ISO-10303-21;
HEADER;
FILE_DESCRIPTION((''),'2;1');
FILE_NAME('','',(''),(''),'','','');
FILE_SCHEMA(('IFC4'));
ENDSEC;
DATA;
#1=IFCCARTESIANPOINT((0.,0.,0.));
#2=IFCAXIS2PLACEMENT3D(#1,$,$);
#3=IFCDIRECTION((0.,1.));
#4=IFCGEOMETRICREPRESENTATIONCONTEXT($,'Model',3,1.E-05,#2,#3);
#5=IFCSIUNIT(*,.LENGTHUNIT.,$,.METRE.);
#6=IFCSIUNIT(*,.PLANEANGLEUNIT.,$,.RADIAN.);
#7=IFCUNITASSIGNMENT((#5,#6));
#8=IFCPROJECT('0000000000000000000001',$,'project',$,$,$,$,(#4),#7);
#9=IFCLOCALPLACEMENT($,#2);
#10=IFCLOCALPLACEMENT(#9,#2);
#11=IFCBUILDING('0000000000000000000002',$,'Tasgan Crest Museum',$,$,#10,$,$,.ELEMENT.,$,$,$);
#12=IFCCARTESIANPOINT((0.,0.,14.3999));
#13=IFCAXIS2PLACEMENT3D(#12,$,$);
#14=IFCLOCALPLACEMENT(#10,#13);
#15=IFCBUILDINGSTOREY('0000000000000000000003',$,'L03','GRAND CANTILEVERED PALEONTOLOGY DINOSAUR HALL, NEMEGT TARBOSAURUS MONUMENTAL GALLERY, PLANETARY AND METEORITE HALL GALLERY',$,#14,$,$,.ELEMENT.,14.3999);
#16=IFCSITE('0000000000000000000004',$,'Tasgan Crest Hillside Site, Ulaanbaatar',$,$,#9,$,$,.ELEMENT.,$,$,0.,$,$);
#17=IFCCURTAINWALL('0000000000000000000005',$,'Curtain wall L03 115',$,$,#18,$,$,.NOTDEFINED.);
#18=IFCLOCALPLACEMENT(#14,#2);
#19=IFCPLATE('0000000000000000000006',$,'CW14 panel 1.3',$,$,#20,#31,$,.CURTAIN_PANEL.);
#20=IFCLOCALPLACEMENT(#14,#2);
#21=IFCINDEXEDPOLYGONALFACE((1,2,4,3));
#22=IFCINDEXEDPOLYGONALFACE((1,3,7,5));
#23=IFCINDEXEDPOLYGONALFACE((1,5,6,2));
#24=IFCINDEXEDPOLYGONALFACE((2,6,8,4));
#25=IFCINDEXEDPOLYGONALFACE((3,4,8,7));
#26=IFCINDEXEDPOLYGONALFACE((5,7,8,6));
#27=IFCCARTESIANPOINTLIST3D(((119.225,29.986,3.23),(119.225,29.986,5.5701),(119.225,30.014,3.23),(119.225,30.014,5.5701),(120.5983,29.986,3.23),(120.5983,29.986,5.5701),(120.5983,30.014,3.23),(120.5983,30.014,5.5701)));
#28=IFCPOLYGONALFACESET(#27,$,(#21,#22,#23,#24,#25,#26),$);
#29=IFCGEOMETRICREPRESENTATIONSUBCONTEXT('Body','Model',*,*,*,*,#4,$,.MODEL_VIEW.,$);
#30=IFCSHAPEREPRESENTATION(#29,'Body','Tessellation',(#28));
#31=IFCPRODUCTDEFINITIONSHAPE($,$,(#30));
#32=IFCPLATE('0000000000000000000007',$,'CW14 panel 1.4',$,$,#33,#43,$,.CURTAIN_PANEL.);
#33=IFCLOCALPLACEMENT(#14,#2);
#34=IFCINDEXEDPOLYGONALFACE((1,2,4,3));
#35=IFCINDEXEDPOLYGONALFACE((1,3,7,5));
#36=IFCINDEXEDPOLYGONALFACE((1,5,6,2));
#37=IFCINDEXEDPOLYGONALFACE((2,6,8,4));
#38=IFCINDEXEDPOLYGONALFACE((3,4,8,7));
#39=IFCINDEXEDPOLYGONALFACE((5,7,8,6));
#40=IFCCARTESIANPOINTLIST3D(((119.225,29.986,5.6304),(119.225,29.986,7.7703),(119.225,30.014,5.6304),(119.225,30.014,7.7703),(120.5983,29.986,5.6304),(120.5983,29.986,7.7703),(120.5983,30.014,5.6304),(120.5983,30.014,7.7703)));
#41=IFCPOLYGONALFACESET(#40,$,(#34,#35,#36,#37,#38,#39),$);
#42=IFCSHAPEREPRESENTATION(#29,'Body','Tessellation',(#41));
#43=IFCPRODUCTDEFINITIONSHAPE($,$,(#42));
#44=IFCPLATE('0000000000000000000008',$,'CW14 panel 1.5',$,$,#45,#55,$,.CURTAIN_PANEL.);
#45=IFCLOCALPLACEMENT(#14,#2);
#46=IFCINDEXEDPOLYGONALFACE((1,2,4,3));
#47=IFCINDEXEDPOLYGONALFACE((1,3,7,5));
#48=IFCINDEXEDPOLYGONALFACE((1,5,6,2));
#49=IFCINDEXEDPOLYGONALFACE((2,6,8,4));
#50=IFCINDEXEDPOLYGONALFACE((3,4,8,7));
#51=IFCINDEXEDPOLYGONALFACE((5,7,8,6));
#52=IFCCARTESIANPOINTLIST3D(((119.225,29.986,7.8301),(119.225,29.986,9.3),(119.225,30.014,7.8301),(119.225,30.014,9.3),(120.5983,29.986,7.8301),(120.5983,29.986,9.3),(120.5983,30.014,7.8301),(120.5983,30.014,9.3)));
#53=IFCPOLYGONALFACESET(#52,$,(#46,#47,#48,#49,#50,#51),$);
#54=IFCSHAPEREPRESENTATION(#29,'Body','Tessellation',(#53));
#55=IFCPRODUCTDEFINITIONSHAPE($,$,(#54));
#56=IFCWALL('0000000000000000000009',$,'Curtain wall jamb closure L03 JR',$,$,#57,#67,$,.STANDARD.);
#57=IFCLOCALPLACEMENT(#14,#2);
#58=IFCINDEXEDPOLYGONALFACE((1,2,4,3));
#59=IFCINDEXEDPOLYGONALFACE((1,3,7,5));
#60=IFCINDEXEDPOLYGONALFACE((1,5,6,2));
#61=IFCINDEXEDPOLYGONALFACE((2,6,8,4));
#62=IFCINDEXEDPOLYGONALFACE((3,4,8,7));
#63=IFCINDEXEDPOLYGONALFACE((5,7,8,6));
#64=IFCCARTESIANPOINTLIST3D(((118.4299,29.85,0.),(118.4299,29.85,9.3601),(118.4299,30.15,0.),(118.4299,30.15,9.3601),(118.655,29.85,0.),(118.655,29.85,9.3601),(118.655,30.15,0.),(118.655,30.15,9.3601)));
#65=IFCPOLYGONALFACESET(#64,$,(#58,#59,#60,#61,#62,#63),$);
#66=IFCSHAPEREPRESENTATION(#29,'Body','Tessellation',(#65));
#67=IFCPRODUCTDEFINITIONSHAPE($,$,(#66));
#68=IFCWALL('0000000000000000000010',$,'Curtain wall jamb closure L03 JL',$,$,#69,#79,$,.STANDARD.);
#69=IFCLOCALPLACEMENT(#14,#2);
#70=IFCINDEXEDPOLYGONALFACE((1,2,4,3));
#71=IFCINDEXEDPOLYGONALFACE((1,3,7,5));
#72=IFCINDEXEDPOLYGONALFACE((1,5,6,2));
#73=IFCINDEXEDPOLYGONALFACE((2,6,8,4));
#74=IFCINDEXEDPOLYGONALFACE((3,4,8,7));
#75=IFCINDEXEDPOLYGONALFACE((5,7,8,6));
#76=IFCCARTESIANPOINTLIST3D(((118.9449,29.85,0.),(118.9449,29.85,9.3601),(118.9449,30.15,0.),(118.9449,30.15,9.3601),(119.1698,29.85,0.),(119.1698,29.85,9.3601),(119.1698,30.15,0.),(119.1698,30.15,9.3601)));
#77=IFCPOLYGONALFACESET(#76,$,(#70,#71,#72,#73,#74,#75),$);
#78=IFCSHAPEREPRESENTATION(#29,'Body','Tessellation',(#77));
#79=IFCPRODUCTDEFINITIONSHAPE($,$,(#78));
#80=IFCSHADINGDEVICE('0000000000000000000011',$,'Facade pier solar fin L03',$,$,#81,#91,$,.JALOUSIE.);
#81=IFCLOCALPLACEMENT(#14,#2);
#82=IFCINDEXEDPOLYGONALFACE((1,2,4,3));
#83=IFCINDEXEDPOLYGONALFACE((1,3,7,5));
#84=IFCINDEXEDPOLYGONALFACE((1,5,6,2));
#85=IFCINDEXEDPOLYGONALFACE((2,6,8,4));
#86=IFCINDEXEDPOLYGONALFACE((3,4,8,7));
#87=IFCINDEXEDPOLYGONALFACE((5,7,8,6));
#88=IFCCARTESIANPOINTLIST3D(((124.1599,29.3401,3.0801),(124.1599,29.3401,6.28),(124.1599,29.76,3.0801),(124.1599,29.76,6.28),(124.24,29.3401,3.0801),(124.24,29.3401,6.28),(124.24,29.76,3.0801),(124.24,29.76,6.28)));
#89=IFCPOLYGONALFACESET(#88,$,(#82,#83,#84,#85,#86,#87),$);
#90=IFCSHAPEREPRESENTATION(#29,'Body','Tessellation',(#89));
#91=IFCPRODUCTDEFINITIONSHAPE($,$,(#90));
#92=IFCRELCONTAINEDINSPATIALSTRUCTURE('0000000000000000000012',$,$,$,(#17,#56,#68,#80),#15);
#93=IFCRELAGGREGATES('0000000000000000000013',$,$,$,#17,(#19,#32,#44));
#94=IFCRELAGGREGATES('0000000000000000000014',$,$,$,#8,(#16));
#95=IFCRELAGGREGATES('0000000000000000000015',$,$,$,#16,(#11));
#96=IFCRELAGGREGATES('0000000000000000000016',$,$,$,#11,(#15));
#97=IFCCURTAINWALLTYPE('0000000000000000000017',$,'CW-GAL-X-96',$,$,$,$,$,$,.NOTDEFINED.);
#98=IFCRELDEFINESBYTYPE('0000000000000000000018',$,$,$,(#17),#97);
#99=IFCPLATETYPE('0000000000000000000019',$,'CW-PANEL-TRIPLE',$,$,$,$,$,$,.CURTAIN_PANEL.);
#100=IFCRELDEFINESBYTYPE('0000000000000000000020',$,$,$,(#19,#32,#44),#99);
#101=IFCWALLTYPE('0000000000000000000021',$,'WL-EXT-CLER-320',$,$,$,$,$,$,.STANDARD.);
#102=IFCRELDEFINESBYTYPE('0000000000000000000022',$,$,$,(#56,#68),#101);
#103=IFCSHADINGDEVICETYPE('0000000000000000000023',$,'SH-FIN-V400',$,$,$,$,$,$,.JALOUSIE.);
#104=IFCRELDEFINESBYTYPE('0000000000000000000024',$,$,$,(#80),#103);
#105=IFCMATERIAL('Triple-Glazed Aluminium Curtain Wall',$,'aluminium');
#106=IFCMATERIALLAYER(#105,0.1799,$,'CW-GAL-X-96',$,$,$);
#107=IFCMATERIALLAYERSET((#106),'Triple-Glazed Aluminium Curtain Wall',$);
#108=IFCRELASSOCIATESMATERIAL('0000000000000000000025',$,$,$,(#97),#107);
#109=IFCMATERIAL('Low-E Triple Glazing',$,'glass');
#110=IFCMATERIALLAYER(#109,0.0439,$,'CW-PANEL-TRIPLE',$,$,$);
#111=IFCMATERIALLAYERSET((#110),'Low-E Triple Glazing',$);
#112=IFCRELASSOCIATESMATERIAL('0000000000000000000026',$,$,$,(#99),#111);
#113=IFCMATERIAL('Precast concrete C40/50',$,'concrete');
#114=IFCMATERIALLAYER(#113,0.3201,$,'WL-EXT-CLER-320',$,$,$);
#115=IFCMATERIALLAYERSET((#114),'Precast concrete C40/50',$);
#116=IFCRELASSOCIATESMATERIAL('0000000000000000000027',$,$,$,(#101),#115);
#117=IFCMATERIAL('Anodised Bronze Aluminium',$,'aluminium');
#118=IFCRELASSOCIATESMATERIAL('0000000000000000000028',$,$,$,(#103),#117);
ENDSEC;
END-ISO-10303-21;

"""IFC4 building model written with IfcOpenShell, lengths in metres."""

from ifc_helpers import new_model, si_unit, direction, frame, frame_2d, origin, origin_2d, place, context, subcontext, project, spatial, rectangle, extrude, material, layer, layer_set, type_object, element, aggregate, save


model = new_model("IFC4")

# Units and contexts
model_context = context("Model", 3, precision=1e-05, world=origin(), true_north=direction((0.0, 1.0)))
body_context = subcontext(model_context, "Body", "Model", "MODEL_VIEW")
ifc_project = project(units=[si_unit("LENGTHUNIT", "METRE"), si_unit("PLANEANGLEUNIT", "RADIAN")], contexts=[model_context])

# Site, building, storey
site_placement = place(None, origin())
site = spatial("IfcSite", under=ifc_project, at=site_placement, Name="Tasgan Crest Hillside Site, Ulaanbaatar", CompositionType="ELEMENT", RefElevation=0.0)
building_placement = place(site_placement, origin())
building = spatial("IfcBuilding", under=site, at=building_placement, Name="Tasgan Crest Museum", CompositionType="ELEMENT")
storey_placement = place(building_placement, frame((0.0, 0.0, 14.3999)))
storey = spatial("IfcBuildingStorey", under=building, at=storey_placement, Name="L03", Description="GRAND CANTILEVERED PALEONTOLOGY DINOSAUR HALL, NEMEGT TARBOSAURUS MONUMENTAL GALLERY, PLANETARY AND METEORITE HALL GALLERY", CompositionType="ELEMENT", Elevation=14.3999)

# Shared definitions
ifc_material_1 = material(Name="Triple-Glazed Aluminium Curtain Wall", Category="aluminium")
ifc_layer_1 = layer(ifc_material_1, 0.1799, Name="CW-GAL-X-96")
ifc_layer_set_1 = layer_set([ifc_layer_1], Name="Triple-Glazed Aluminium Curtain Wall")
curtain_wall_type = type_object("IfcCurtainWallType", Name="CW-GAL-X-96", PredefinedType="NOTDEFINED", material=ifc_layer_set_1)

# Curtain wall
curtain_wall_1_placement = place(storey_placement, origin())
curtain_wall_1 = element("IfcCurtainWall", 1, at=curtain_wall_1_placement, inside=storey, type_object=curtain_wall_type, Name="Curtain wall L03 115", PredefinedType="NOTDEFINED")

# Plates
ifc_material_2 = material(Name="Low-E Triple Glazing", Category="glass")
ifc_layer_2 = layer(ifc_material_2, 0.0439, Name="CW-PANEL-TRIPLE")
ifc_layer_set_2 = layer_set([ifc_layer_2], Name="Low-E Triple Glazing")
plate_type_1 = type_object("IfcPlateType", Name="CW-PANEL-TRIPLE", PredefinedType="CURTAIN_PANEL", material=ifc_layer_set_2)
plate_1_placement = place(storey_placement, frame((119.9116, 30.0, 3.23), z_axis=(0.0, 0.0, 1.0), x_axis=(1.0, 0.0, 0.0)))
plate_1 = element("IfcPlate", 2, at=plate_1_placement, type_object=plate_type_1, Name="CW14 panel 1.3", PredefinedType="CURTAIN_PANEL", context=body_context, shape_type="SweptSolid", body=[
    extrude(rectangle(XDim=1.3733, YDim=0.0281, at=origin_2d()), origin(), (0.0, 0.0, 1.0), 2.3401),
])
plate_2_placement = place(storey_placement, frame((119.9116, 30.0, 5.6304), z_axis=(0.0, 0.0, 1.0), x_axis=(1.0, 0.0, 0.0)))
plate_2 = element("IfcPlate", 3, at=plate_2_placement, type_object=plate_type_1, Name="CW14 panel 1.4", PredefinedType="CURTAIN_PANEL", context=body_context, shape_type="SweptSolid", body=[
    extrude(rectangle(XDim=1.3733, YDim=0.0281, at=origin_2d()), origin(), (0.0, 0.0, 1.0), 2.1399),
])
plate_3_placement = place(storey_placement, frame((119.9116, 30.0, 7.8301), z_axis=(0.0, 0.0, 1.0), x_axis=(1.0, 0.0, 0.0)))
plate_3 = element("IfcPlate", 4, at=plate_3_placement, type_object=plate_type_1, Name="CW14 panel 1.5", PredefinedType="CURTAIN_PANEL", context=body_context, shape_type="SweptSolid", body=[
    extrude(rectangle(XDim=1.3733, YDim=0.0281, at=origin_2d()), origin(), (0.0, 0.0, 1.0), 1.47),
])
aggregate(curtain_wall_1, [plate_1, plate_2, plate_3])

# Walls
ifc_material_3 = material(Name="Precast concrete C40/50", Category="concrete")
ifc_layer_3 = layer(ifc_material_3, 0.3201, Name="WL-EXT-CLER-320")
ifc_layer_set_3 = layer_set([ifc_layer_3], Name="Precast concrete C40/50")
wall_type = type_object("IfcWallType", Name="WL-EXT-CLER-320", PredefinedType="STANDARD", material=ifc_layer_set_3)
wall_1_placement = place(storey_placement, frame((118.4299, 30.0, 0.0), z_axis=(0.0, 0.0, 1.0), x_axis=(1.0, 0.0, 0.0)))
element("IfcWall", 5, at=wall_1_placement, inside=storey, type_object=wall_type, Name="Curtain wall jamb closure L03 JR", PredefinedType="STANDARD", context=body_context, shape_type="SweptSolid", body=[
    extrude(rectangle(XDim=0.2251, YDim=0.3, at=frame_2d((0.1125, 0.0))), origin(), (0.0, 0.0, 1.0), 9.3601),
])
wall_2_placement = place(storey_placement, frame((118.9451, 30.0, 0.0), z_axis=(0.0, 0.0, 1.0), x_axis=(1.0, 0.0, 0.0)))
element("IfcWall", 6, at=wall_2_placement, inside=storey, type_object=wall_type, Name="Curtain wall jamb closure L03 JL", PredefinedType="STANDARD", context=body_context, shape_type="SweptSolid", body=[
    extrude(rectangle(XDim=0.2249, YDim=0.3, at=frame_2d((0.1123, 0.0))), origin(), (0.0, 0.0, 1.0), 9.3601),
])

# Shading device
ifc_material_4 = material(Name="Anodised Bronze Aluminium", Category="aluminium")
shading_device_type = type_object("IfcShadingDeviceType", Name="SH-FIN-V400", PredefinedType="JALOUSIE", material=ifc_material_4)
shading_device_placement = place(storey_placement, frame((124.2, 29.55, 3.0801), z_axis=(0.0, 0.0, 1.0), x_axis=(1.0, 0.0, 0.0)))
element("IfcShadingDevice", 7, at=shading_device_placement, inside=storey, type_object=shading_device_type, Name="Facade pier solar fin L03", PredefinedType="JALOUSIE", context=body_context, shape_type="SweptSolid", body=[
    extrude(rectangle(XDim=0.0801, YDim=0.4199, at=origin_2d()), origin(), (0.0, 0.0, 1.0), 3.2),
])

save(model, "model.ifc")
